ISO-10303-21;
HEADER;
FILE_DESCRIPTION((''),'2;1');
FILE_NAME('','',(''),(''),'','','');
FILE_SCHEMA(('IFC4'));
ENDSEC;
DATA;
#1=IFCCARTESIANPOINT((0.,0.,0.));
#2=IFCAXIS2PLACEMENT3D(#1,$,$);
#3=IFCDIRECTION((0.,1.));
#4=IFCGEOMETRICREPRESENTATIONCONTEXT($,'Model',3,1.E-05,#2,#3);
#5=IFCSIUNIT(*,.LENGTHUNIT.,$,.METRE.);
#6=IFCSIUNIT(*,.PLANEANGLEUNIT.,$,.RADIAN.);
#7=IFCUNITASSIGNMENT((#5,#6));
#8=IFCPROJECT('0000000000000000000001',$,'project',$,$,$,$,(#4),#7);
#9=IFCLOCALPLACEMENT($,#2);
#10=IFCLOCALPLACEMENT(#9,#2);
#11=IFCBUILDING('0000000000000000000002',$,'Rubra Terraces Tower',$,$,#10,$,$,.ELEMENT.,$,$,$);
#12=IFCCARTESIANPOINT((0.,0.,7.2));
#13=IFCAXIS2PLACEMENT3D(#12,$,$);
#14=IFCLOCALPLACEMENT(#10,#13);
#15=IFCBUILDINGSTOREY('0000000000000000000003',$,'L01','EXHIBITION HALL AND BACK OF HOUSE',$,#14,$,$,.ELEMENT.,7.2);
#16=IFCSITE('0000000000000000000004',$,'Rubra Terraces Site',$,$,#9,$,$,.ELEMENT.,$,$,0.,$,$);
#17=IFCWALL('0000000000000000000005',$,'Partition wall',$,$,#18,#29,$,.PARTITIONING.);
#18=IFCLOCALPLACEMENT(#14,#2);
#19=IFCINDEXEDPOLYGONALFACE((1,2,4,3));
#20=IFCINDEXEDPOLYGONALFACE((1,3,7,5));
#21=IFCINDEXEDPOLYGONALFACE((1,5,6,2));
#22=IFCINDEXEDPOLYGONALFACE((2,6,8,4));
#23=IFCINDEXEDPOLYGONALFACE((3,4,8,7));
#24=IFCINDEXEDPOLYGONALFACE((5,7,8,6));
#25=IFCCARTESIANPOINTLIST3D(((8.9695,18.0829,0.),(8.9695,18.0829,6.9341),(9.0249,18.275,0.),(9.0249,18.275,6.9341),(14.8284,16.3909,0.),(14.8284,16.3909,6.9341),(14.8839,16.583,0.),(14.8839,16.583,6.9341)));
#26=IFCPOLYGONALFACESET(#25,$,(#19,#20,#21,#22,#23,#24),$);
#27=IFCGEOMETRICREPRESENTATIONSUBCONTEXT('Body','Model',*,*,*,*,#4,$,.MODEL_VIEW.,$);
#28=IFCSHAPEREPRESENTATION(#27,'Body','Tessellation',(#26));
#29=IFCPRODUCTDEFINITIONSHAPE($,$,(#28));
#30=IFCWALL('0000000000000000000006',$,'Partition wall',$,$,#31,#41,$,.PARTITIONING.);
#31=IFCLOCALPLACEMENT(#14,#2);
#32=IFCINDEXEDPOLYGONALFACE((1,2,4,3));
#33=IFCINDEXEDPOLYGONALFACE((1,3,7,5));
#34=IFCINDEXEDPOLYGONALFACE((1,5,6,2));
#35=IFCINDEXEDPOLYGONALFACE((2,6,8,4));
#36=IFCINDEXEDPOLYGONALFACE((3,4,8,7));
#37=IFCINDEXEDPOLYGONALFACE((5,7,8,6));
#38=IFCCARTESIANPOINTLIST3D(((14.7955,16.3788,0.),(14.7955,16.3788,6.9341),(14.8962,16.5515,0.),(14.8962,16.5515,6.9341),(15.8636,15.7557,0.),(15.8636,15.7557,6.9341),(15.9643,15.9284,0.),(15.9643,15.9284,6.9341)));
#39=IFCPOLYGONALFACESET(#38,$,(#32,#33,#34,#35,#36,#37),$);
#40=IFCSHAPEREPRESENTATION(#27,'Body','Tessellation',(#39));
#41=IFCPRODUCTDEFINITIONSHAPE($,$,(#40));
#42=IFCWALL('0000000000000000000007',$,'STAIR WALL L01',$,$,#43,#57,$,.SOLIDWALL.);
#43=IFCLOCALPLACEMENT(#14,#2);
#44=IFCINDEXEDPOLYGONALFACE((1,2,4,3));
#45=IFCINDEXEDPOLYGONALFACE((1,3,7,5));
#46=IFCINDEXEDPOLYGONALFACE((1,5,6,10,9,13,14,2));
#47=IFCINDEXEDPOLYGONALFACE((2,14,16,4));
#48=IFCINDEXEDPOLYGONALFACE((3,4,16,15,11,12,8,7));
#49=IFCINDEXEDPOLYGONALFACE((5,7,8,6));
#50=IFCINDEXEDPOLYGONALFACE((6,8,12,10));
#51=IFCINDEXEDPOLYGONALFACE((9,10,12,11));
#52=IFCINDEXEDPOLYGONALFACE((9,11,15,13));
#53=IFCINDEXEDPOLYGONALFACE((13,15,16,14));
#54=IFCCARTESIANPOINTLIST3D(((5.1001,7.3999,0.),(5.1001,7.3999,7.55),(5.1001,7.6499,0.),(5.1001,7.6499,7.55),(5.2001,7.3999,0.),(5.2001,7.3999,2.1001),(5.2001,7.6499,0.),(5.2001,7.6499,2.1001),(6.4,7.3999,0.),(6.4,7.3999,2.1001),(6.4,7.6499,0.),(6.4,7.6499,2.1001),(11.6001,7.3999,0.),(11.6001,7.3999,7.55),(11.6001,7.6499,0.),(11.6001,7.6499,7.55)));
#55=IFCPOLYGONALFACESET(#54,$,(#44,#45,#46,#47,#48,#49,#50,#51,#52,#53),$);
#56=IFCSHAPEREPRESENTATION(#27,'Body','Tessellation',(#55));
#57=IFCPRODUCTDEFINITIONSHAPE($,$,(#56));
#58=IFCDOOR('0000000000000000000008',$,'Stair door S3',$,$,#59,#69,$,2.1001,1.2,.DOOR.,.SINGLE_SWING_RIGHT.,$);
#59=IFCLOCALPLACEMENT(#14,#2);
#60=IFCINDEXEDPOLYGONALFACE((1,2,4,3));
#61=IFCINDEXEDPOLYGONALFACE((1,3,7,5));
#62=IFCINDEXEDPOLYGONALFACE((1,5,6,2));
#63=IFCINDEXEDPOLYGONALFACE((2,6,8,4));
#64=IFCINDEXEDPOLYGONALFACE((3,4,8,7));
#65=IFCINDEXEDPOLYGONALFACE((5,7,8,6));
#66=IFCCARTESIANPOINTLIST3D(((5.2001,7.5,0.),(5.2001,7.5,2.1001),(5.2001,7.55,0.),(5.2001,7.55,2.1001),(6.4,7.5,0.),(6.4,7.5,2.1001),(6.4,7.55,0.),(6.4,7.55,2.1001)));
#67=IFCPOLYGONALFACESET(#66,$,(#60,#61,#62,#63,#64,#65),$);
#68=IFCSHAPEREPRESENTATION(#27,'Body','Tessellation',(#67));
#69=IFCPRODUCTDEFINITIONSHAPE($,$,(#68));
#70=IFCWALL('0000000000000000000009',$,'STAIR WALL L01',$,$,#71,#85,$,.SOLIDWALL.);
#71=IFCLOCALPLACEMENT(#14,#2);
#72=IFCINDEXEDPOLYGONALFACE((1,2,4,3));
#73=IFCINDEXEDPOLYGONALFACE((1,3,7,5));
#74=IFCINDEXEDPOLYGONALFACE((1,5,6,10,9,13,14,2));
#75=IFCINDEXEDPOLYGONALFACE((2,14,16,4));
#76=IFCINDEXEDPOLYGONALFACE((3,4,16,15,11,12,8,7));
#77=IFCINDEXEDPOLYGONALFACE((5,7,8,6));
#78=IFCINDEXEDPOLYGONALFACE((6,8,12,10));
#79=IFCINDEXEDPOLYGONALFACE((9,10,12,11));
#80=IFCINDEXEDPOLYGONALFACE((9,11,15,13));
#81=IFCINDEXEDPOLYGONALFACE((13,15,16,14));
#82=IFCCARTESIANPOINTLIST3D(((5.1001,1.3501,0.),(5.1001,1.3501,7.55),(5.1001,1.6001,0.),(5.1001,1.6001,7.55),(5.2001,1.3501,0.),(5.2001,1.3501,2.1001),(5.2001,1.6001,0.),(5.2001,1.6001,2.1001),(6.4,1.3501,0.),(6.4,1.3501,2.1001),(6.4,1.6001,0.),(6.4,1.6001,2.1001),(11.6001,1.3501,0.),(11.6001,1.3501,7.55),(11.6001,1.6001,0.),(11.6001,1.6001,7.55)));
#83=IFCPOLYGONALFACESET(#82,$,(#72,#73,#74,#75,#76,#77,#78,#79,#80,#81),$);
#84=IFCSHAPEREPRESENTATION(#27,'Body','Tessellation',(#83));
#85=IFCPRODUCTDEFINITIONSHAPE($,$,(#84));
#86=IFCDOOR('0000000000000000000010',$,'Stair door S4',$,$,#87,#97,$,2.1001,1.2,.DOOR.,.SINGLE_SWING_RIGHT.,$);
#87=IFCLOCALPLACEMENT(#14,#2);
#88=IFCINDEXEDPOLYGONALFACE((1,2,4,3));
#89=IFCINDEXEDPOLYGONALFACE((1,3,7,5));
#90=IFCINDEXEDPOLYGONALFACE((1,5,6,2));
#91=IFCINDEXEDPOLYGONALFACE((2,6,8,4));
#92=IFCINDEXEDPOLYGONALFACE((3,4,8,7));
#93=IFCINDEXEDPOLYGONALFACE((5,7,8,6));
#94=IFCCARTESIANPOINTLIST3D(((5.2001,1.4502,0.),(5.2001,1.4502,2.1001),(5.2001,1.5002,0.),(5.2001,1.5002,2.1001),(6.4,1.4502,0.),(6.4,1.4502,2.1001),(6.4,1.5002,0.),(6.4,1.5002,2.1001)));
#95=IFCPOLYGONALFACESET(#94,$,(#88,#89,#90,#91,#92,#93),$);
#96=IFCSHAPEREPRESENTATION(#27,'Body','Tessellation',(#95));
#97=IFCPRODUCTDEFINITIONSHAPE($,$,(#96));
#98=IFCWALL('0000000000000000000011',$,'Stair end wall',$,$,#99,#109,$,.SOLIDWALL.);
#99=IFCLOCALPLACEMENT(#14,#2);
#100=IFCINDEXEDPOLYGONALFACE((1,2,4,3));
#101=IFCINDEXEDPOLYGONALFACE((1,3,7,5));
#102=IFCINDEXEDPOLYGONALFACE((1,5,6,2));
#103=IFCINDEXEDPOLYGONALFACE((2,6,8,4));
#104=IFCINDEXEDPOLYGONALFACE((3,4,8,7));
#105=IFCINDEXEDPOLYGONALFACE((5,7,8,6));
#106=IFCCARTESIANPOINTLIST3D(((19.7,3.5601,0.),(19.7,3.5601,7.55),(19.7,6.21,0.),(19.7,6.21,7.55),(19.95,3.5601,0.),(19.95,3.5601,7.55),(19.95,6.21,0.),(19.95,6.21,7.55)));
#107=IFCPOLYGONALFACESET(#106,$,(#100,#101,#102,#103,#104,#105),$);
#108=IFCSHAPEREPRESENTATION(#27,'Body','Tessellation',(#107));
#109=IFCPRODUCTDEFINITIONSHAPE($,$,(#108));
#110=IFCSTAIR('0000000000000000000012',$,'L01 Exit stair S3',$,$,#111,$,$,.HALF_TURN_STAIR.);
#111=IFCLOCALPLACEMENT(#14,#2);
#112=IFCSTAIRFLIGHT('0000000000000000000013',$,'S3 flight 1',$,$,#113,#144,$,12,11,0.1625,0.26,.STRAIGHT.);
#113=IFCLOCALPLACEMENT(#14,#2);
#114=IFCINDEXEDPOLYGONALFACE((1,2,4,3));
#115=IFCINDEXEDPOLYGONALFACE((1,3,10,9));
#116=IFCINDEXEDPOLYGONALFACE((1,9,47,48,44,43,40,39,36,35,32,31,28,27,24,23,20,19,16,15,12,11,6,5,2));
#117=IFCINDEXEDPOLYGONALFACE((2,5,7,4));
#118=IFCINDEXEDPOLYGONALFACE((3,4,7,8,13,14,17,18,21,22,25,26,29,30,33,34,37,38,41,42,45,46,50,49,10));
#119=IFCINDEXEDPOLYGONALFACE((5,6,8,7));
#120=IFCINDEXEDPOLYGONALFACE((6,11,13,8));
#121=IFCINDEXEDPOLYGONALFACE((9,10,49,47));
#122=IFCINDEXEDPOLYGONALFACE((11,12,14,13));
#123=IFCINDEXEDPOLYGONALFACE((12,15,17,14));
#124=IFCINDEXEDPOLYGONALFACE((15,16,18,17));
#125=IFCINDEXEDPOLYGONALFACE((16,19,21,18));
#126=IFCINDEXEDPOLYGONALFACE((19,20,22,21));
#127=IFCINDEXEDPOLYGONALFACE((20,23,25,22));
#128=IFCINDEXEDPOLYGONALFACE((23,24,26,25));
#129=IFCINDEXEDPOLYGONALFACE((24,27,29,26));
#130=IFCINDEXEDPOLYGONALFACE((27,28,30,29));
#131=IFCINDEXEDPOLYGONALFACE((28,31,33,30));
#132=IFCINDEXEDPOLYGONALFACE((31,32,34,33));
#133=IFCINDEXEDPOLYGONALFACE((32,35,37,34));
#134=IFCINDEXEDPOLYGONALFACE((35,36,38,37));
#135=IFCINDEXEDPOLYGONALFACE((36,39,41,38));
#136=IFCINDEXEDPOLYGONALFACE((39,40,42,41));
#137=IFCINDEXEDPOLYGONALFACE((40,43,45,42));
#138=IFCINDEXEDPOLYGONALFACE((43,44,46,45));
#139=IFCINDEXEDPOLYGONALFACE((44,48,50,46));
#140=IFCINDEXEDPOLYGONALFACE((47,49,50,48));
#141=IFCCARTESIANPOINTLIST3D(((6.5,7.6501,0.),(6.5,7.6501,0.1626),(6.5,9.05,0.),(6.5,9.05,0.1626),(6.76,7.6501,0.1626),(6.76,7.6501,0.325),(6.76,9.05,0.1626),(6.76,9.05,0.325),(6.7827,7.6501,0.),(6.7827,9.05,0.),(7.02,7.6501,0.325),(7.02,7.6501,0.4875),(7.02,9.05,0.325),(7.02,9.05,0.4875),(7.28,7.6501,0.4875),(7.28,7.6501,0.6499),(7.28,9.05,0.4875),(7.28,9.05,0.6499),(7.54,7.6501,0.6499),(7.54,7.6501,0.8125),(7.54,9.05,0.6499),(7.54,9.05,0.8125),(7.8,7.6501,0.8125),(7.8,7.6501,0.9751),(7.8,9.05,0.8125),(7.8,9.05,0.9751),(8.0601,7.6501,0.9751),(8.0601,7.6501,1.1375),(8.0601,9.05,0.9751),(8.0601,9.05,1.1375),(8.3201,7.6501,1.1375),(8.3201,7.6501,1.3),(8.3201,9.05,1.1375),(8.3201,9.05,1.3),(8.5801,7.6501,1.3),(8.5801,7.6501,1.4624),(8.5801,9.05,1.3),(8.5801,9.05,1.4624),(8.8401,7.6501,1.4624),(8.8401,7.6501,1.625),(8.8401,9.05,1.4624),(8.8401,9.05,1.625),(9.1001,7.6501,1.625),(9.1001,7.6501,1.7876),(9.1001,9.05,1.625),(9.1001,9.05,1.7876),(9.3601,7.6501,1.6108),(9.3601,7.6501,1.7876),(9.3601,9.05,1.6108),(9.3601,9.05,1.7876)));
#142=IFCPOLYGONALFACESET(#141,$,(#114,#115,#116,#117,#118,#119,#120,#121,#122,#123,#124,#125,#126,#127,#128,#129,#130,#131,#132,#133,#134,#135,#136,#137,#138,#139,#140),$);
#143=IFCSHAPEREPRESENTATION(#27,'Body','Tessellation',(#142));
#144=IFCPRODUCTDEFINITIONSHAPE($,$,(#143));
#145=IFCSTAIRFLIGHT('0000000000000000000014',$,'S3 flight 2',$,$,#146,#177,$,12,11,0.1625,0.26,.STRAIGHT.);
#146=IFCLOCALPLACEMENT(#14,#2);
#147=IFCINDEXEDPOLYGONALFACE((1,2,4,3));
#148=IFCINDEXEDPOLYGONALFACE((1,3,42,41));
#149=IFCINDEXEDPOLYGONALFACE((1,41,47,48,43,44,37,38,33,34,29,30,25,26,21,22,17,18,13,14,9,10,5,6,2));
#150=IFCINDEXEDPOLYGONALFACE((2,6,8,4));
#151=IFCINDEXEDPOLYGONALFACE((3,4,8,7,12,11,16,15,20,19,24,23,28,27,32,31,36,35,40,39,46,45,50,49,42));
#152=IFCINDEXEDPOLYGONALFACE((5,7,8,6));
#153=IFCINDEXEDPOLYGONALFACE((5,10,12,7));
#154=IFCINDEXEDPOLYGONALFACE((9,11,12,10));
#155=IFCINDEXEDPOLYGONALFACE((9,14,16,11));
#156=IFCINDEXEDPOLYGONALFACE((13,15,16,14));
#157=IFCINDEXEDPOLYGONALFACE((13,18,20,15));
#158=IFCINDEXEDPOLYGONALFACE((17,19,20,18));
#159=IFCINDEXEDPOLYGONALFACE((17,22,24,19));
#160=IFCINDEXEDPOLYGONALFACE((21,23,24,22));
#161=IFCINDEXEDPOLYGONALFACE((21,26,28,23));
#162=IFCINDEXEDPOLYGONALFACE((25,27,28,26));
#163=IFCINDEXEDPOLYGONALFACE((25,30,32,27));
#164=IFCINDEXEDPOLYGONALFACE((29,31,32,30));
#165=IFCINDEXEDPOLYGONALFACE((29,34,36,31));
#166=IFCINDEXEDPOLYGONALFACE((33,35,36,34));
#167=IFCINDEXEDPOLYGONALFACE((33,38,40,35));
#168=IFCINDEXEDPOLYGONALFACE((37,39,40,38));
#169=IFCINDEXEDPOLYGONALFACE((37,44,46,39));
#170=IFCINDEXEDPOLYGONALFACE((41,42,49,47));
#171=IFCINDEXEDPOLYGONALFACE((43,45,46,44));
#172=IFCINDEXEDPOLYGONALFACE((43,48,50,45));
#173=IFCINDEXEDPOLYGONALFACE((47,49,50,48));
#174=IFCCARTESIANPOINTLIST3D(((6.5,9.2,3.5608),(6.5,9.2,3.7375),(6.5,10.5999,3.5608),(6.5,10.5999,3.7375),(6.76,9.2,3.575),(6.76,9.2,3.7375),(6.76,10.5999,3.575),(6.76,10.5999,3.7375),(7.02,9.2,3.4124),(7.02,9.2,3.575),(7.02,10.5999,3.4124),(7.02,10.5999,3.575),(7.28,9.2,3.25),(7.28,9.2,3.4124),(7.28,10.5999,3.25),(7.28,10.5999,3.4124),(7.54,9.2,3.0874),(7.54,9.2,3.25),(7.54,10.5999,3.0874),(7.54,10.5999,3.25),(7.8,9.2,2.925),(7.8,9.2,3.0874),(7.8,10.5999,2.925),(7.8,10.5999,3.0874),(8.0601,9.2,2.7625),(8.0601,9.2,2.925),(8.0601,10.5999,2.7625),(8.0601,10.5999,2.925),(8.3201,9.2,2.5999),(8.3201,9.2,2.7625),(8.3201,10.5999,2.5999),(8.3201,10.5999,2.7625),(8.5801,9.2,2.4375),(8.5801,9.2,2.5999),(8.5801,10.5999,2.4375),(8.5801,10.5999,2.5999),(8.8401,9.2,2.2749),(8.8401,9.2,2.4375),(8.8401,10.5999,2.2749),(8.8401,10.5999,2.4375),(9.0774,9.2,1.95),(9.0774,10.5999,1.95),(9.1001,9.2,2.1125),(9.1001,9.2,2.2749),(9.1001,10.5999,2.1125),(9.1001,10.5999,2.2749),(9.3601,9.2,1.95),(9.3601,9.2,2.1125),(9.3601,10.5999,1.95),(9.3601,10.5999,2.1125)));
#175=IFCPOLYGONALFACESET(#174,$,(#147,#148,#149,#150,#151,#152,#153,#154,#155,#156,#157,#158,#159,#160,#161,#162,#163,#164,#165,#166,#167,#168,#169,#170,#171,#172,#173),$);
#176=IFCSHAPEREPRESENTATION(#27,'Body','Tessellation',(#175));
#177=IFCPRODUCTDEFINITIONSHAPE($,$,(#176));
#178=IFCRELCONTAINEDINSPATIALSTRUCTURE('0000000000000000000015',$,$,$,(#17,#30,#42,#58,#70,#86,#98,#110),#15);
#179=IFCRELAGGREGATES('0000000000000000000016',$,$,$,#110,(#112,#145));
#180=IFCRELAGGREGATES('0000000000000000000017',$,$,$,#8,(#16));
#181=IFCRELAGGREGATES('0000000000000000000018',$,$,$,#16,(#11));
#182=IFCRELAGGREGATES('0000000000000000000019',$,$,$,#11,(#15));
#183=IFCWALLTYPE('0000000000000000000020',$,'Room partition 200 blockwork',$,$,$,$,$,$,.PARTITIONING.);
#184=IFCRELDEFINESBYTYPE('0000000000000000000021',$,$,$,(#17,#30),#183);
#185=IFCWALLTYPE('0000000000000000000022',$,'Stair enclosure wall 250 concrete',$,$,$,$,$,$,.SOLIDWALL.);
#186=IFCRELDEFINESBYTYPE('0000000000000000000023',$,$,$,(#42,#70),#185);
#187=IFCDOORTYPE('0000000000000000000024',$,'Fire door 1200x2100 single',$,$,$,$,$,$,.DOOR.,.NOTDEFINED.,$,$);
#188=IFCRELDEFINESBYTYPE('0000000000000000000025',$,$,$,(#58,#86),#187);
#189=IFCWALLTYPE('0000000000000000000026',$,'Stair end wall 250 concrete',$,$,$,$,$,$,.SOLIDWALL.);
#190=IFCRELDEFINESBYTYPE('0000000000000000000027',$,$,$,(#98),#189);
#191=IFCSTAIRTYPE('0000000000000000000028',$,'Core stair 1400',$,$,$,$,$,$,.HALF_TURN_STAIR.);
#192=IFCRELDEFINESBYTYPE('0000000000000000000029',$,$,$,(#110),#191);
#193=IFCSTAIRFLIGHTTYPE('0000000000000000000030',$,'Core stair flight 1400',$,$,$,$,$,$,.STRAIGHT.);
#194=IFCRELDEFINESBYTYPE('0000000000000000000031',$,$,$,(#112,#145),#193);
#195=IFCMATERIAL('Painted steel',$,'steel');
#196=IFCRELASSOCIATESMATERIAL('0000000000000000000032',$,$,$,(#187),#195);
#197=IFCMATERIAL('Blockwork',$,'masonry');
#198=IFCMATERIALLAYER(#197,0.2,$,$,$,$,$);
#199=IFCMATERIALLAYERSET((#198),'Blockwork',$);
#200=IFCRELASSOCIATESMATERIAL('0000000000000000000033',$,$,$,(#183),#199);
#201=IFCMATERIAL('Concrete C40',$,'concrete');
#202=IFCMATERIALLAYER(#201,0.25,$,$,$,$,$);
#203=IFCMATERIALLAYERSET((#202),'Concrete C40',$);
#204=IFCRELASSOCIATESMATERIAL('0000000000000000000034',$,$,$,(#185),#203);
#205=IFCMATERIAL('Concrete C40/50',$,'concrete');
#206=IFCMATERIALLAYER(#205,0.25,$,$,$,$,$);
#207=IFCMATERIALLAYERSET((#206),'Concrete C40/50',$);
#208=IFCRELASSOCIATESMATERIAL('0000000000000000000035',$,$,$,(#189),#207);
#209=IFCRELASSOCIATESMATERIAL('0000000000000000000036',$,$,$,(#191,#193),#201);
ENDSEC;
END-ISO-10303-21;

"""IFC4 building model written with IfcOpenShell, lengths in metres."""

from ifc_helpers import new_model, si_unit, direction, frame, frame_2d, origin, place, context, subcontext, project, spatial, polyline, rectangle, outline, extrude, material, layer, layer_set, type_object, element, fill, aggregate, save


model = new_model("IFC4")

# Units and contexts
model_context = context("Model", 3, precision=1e-05, world=origin(), true_north=direction((0.0, 1.0)))
body_context = subcontext(model_context, "Body", "Model", "MODEL_VIEW")
ifc_project = project(units=[si_unit("LENGTHUNIT", "METRE"), si_unit("PLANEANGLEUNIT", "RADIAN")], contexts=[model_context])

# Site, building, storey
site_placement = place(None, origin())
site = spatial("IfcSite", under=ifc_project, at=site_placement, Name="Rubra Terraces Site", CompositionType="ELEMENT", RefElevation=0.0)
building_placement = place(site_placement, origin())
building = spatial("IfcBuilding", under=site, at=building_placement, Name="Rubra Terraces Tower", CompositionType="ELEMENT")
storey_placement = place(building_placement, frame((0.0, 0.0, 7.2)))
storey = spatial("IfcBuildingStorey", under=building, at=storey_placement, Name="L01", Description="EXHIBITION HALL AND BACK OF HOUSE", CompositionType="ELEMENT", Elevation=7.2)

# Shared definitions
ifc_material_1 = material(Name="Painted steel", Category="steel")
door_type_1 = type_object("IfcDoorType", Name="Fire door 1200x2100 single", OperationType="NOTDEFINED", PredefinedType="DOOR", material=ifc_material_1)

# Shared definitions
ifc_material_2 = material(Name="Blockwork", Category="masonry")

# Walls
ifc_layer_1 = layer(ifc_material_2, 0.2)
ifc_layer_set_1 = layer_set([ifc_layer_1], Name="Blockwork")
wall_type_1 = type_object("IfcWallType", Name="Room partition 200 blockwork", PredefinedType="PARTITIONING", material=ifc_layer_set_1)
wall_1_placement = place(storey_placement, frame((8.9971, 18.179, 0.0), z_axis=(0.0, 0.0, 1.0), x_axis=(0.960744, -0.277438, 0.0)))
element("IfcWall", 1, at=wall_1_placement, inside=storey, type_object=wall_type_1, Name="Partition wall", PredefinedType="PARTITIONING", context=body_context, shape_type="SweptSolid", body=[
    extrude(rectangle(XDim=6.0984, YDim=0.2, at=frame_2d((3.0493, 0.0))), origin(), (0.0, 0.0, 1.0), 6.9341),
])
wall_2_placement = place(storey_placement, frame((14.8459, 16.4651, 0.0), z_axis=(0.0, 0.0, 1.0), x_axis=(0.863786, -0.503859, 0.0)))
element("IfcWall", 2, at=wall_2_placement, inside=storey, type_object=wall_type_1, Name="Partition wall", PredefinedType="PARTITIONING", context=body_context, shape_type="SweptSolid", body=[
    extrude(rectangle(XDim=1.2366, YDim=0.2, at=frame_2d((0.6182, 0.0))), origin(), (0.0, 0.0, 1.0), 6.9341),
])

# Walls, openings, doors
ifc_material_3 = material(Name="Concrete C40", Category="concrete")
ifc_layer_2 = layer(ifc_material_3, 0.25)
ifc_layer_set_2 = layer_set([ifc_layer_2], Name="Concrete C40")
wall_type_2 = type_object("IfcWallType", Name="Stair enclosure wall 250 concrete", PredefinedType="SOLIDWALL", material=ifc_layer_set_2)
wall_3_placement = place(storey_placement, frame((11.6001, 7.5249, 0.0), z_axis=(0.0, 0.0, 1.0), x_axis=(-1.0, 0.0, 0.0)))
wall_3 = element("IfcWall", 3, at=wall_3_placement, inside=storey, type_object=wall_type_2, Name="STAIR WALL L01", PredefinedType="SOLIDWALL", context=body_context, shape_type="SweptSolid", body=[
    extrude(rectangle(XDim=6.5, YDim=0.25, at=frame_2d((3.25, 0.0))), origin(), (0.0, 0.0, 1.0), 7.55),
])
opening_1_placement = place(wall_3_placement, frame((5.2, 0.0, 0.0)))
opening_1 = element("IfcOpeningElement", 4, at=opening_1_placement, cuts=wall_3, PredefinedType="OPENING", context=body_context, shape_type="SweptSolid", body=[
    extrude(rectangle(XDim=1.2, YDim=2.1001, at=frame_2d((0.6001, 1.05))), frame((0.0, 0.135, 0.0), z_axis=(0.0, -1.0, 0.0), x_axis=(1.0, 0.0, 0.0)), (0.0, 0.0, 1.0), 0.27),
])
door_1_placement = place(opening_1_placement, origin())
door_1 = element("IfcDoor", 5, at=door_1_placement, inside=storey, type_object=door_type_1, Name="Stair door S3", OperationType="SINGLE_SWING_RIGHT", OverallHeight=2.1001, OverallWidth=1.2, PredefinedType="DOOR", context=body_context, shape_type="SweptSolid", body=[
    extrude(rectangle(XDim=1.2, YDim=2.1001, at=frame_2d((0.6001, 1.05))), frame((0.0, 0.0249, 0.0), z_axis=(0.0, -1.0, 0.0), x_axis=(1.0, 0.0, 0.0)), (0.0, 0.0, 1.0), 0.05),
])
fill(opening_1, door_1)
wall_4_placement = place(storey_placement, frame((11.6001, 1.4751, 0.0), z_axis=(0.0, 0.0, 1.0), x_axis=(-1.0, 0.0, 0.0)))
wall_4 = element("IfcWall", 6, at=wall_4_placement, inside=storey, type_object=wall_type_2, Name="STAIR WALL L01", PredefinedType="SOLIDWALL", context=body_context, shape_type="SweptSolid", body=[
    extrude(rectangle(XDim=6.5, YDim=0.25, at=frame_2d((3.25, 0.0))), origin(), (0.0, 0.0, 1.0), 7.55),
])
opening_2_placement = place(wall_4_placement, frame((5.2, 0.0, 0.0)))
opening_2 = element("IfcOpeningElement", 7, at=opening_2_placement, cuts=wall_4, PredefinedType="OPENING", context=body_context, shape_type="SweptSolid", body=[
    extrude(rectangle(XDim=1.2, YDim=2.1001, at=frame_2d((0.6001, 1.05))), frame((0.0, 0.135, 0.0), z_axis=(0.0, -1.0, 0.0), x_axis=(1.0, 0.0, 0.0)), (0.0, 0.0, 1.0), 0.27),
])
door_2_placement = place(opening_2_placement, origin())
door_2 = element("IfcDoor", 8, at=door_2_placement, inside=storey, type_object=door_type_1, Name="Stair door S4", OperationType="SINGLE_SWING_RIGHT", OverallHeight=2.1001, OverallWidth=1.2, PredefinedType="DOOR", context=body_context, shape_type="SweptSolid", body=[
    extrude(rectangle(XDim=1.2, YDim=2.1001, at=frame_2d((0.6001, 1.05))), frame((0.0, 0.0249, 0.0), z_axis=(0.0, -1.0, 0.0), x_axis=(1.0, 0.0, 0.0)), (0.0, 0.0, 1.0), 0.05),
])
fill(opening_2, door_2)

# Wall
ifc_material_4 = material(Name="Concrete C40/50", Category="concrete")
ifc_layer_3 = layer(ifc_material_4, 0.25)
ifc_layer_set_3 = layer_set([ifc_layer_3], Name="Concrete C40/50")
wall_type_3 = type_object("IfcWallType", Name="Stair end wall 250 concrete", PredefinedType="SOLIDWALL", material=ifc_layer_set_3)
wall_5_placement = place(storey_placement, frame((19.825, 3.5601, 0.0), z_axis=(0.0, 0.0, 1.0), x_axis=(0.0, 1.0, 0.0)))
element("IfcWall", 9, at=wall_5_placement, inside=storey, type_object=wall_type_3, Name="Stair end wall", PredefinedType="SOLIDWALL", context=body_context, shape_type="SweptSolid", body=[
    extrude(rectangle(XDim=2.6499, YDim=0.25, at=frame_2d((1.325, 0.0))), origin(), (0.0, 0.0, 1.0), 7.55),
])

# Stair, stair flights
stair_type = type_object("IfcStairType", Name="Core stair 1400", PredefinedType="HALF_TURN_STAIR", material=ifc_material_3)
stair_1_placement = place(storey_placement, origin())
stair_1 = element("IfcStair", 10, at=stair_1_placement, inside=storey, type_object=stair_type, Name="L01 Exit stair S3", PredefinedType="HALF_TURN_STAIR")
stair_flight_type = type_object("IfcStairFlightType", Name="Core stair flight 1400", PredefinedType="STRAIGHT", material=ifc_material_3)
stair_flight_1_placement = place(storey_placement, frame((6.5, 8.3501, 0.0), z_axis=(0.0, 0.0, 1.0), x_axis=(1.0, 0.0, 0.0)))
stair_flight_1 = element("IfcStairFlight", 11, at=stair_flight_1_placement, type_object=stair_flight_type, Name="S3 flight 1", NumberOfRisers=12, NumberOfTreads=11, PredefinedType="STRAIGHT", RiserHeight=0.1625, TreadLength=0.26, context=body_context, shape_type="SweptSolid", body=[
    extrude(outline(polyline([(0.0, 0.0), (0.0, 0.1626), (0.26, 0.1626), (0.26, 0.325), (0.52, 0.325), (0.52, 0.4875), (0.78, 0.4875), (0.78, 0.6499), (1.04, 0.6499), (1.04, 0.8125), (1.3, 0.8125), (1.3, 0.9751), (1.5601, 0.9751), (1.5601, 1.1375), (1.8201, 1.1375), (1.8201, 1.3), (2.0801, 1.3), (2.0801, 1.4624), (2.3401, 1.4624), (2.3401, 1.625), (2.6001, 1.625), (2.6001, 1.7876), (2.8601, 1.7876), (2.8601, 1.95), (2.8601, 1.6108), (0.2827, 0.0), (0.0, 0.0)])), frame((0.0, 0.7, 0.0), z_axis=(0.0, -1.0, 0.0), x_axis=(1.0, 0.0, 0.0)), (0.0, 0.0, 1.0), 1.3999),
])
stair_flight_2_placement = place(storey_placement, frame((9.3601, 9.8999, 1.95), z_axis=(0.0, 0.0, 1.0), x_axis=(-1.0, 0.0, 0.0)))
stair_flight_2 = element("IfcStairFlight", 12, at=stair_flight_2_placement, type_object=stair_flight_type, Name="S3 flight 2", NumberOfRisers=12, NumberOfTreads=11, PredefinedType="STRAIGHT", RiserHeight=0.1625, TreadLength=0.26, context=body_context, shape_type="SweptSolid", body=[
    extrude(outline(polyline([(0.0, 0.0), (0.0, 0.1626), (0.26, 0.1626), (0.26, 0.325), (0.52, 0.325), (0.52, 0.4875), (0.78, 0.4875), (0.78, 0.6499), (1.04, 0.6499), (1.04, 0.8125), (1.3, 0.8125), (1.3, 0.9751), (1.5601, 0.9751), (1.5601, 1.1375), (1.8201, 1.1375), (1.8201, 1.3), (2.0801, 1.3), (2.0801, 1.4624), (2.3401, 1.4624), (2.3401, 1.625), (2.6001, 1.625), (2.6001, 1.7876), (2.8601, 1.7876), (2.8601, 1.95), (2.8601, 1.6108), (0.2827, 0.0), (0.0, 0.0)])), frame((0.0, 0.7, 0.0), z_axis=(0.0, -1.0, 0.0), x_axis=(1.0, 0.0, 0.0)), (0.0, 0.0, 1.0), 1.3999),
])
aggregate(stair_1, [stair_flight_1, stair_flight_2])

save(model, "model.ifc")
